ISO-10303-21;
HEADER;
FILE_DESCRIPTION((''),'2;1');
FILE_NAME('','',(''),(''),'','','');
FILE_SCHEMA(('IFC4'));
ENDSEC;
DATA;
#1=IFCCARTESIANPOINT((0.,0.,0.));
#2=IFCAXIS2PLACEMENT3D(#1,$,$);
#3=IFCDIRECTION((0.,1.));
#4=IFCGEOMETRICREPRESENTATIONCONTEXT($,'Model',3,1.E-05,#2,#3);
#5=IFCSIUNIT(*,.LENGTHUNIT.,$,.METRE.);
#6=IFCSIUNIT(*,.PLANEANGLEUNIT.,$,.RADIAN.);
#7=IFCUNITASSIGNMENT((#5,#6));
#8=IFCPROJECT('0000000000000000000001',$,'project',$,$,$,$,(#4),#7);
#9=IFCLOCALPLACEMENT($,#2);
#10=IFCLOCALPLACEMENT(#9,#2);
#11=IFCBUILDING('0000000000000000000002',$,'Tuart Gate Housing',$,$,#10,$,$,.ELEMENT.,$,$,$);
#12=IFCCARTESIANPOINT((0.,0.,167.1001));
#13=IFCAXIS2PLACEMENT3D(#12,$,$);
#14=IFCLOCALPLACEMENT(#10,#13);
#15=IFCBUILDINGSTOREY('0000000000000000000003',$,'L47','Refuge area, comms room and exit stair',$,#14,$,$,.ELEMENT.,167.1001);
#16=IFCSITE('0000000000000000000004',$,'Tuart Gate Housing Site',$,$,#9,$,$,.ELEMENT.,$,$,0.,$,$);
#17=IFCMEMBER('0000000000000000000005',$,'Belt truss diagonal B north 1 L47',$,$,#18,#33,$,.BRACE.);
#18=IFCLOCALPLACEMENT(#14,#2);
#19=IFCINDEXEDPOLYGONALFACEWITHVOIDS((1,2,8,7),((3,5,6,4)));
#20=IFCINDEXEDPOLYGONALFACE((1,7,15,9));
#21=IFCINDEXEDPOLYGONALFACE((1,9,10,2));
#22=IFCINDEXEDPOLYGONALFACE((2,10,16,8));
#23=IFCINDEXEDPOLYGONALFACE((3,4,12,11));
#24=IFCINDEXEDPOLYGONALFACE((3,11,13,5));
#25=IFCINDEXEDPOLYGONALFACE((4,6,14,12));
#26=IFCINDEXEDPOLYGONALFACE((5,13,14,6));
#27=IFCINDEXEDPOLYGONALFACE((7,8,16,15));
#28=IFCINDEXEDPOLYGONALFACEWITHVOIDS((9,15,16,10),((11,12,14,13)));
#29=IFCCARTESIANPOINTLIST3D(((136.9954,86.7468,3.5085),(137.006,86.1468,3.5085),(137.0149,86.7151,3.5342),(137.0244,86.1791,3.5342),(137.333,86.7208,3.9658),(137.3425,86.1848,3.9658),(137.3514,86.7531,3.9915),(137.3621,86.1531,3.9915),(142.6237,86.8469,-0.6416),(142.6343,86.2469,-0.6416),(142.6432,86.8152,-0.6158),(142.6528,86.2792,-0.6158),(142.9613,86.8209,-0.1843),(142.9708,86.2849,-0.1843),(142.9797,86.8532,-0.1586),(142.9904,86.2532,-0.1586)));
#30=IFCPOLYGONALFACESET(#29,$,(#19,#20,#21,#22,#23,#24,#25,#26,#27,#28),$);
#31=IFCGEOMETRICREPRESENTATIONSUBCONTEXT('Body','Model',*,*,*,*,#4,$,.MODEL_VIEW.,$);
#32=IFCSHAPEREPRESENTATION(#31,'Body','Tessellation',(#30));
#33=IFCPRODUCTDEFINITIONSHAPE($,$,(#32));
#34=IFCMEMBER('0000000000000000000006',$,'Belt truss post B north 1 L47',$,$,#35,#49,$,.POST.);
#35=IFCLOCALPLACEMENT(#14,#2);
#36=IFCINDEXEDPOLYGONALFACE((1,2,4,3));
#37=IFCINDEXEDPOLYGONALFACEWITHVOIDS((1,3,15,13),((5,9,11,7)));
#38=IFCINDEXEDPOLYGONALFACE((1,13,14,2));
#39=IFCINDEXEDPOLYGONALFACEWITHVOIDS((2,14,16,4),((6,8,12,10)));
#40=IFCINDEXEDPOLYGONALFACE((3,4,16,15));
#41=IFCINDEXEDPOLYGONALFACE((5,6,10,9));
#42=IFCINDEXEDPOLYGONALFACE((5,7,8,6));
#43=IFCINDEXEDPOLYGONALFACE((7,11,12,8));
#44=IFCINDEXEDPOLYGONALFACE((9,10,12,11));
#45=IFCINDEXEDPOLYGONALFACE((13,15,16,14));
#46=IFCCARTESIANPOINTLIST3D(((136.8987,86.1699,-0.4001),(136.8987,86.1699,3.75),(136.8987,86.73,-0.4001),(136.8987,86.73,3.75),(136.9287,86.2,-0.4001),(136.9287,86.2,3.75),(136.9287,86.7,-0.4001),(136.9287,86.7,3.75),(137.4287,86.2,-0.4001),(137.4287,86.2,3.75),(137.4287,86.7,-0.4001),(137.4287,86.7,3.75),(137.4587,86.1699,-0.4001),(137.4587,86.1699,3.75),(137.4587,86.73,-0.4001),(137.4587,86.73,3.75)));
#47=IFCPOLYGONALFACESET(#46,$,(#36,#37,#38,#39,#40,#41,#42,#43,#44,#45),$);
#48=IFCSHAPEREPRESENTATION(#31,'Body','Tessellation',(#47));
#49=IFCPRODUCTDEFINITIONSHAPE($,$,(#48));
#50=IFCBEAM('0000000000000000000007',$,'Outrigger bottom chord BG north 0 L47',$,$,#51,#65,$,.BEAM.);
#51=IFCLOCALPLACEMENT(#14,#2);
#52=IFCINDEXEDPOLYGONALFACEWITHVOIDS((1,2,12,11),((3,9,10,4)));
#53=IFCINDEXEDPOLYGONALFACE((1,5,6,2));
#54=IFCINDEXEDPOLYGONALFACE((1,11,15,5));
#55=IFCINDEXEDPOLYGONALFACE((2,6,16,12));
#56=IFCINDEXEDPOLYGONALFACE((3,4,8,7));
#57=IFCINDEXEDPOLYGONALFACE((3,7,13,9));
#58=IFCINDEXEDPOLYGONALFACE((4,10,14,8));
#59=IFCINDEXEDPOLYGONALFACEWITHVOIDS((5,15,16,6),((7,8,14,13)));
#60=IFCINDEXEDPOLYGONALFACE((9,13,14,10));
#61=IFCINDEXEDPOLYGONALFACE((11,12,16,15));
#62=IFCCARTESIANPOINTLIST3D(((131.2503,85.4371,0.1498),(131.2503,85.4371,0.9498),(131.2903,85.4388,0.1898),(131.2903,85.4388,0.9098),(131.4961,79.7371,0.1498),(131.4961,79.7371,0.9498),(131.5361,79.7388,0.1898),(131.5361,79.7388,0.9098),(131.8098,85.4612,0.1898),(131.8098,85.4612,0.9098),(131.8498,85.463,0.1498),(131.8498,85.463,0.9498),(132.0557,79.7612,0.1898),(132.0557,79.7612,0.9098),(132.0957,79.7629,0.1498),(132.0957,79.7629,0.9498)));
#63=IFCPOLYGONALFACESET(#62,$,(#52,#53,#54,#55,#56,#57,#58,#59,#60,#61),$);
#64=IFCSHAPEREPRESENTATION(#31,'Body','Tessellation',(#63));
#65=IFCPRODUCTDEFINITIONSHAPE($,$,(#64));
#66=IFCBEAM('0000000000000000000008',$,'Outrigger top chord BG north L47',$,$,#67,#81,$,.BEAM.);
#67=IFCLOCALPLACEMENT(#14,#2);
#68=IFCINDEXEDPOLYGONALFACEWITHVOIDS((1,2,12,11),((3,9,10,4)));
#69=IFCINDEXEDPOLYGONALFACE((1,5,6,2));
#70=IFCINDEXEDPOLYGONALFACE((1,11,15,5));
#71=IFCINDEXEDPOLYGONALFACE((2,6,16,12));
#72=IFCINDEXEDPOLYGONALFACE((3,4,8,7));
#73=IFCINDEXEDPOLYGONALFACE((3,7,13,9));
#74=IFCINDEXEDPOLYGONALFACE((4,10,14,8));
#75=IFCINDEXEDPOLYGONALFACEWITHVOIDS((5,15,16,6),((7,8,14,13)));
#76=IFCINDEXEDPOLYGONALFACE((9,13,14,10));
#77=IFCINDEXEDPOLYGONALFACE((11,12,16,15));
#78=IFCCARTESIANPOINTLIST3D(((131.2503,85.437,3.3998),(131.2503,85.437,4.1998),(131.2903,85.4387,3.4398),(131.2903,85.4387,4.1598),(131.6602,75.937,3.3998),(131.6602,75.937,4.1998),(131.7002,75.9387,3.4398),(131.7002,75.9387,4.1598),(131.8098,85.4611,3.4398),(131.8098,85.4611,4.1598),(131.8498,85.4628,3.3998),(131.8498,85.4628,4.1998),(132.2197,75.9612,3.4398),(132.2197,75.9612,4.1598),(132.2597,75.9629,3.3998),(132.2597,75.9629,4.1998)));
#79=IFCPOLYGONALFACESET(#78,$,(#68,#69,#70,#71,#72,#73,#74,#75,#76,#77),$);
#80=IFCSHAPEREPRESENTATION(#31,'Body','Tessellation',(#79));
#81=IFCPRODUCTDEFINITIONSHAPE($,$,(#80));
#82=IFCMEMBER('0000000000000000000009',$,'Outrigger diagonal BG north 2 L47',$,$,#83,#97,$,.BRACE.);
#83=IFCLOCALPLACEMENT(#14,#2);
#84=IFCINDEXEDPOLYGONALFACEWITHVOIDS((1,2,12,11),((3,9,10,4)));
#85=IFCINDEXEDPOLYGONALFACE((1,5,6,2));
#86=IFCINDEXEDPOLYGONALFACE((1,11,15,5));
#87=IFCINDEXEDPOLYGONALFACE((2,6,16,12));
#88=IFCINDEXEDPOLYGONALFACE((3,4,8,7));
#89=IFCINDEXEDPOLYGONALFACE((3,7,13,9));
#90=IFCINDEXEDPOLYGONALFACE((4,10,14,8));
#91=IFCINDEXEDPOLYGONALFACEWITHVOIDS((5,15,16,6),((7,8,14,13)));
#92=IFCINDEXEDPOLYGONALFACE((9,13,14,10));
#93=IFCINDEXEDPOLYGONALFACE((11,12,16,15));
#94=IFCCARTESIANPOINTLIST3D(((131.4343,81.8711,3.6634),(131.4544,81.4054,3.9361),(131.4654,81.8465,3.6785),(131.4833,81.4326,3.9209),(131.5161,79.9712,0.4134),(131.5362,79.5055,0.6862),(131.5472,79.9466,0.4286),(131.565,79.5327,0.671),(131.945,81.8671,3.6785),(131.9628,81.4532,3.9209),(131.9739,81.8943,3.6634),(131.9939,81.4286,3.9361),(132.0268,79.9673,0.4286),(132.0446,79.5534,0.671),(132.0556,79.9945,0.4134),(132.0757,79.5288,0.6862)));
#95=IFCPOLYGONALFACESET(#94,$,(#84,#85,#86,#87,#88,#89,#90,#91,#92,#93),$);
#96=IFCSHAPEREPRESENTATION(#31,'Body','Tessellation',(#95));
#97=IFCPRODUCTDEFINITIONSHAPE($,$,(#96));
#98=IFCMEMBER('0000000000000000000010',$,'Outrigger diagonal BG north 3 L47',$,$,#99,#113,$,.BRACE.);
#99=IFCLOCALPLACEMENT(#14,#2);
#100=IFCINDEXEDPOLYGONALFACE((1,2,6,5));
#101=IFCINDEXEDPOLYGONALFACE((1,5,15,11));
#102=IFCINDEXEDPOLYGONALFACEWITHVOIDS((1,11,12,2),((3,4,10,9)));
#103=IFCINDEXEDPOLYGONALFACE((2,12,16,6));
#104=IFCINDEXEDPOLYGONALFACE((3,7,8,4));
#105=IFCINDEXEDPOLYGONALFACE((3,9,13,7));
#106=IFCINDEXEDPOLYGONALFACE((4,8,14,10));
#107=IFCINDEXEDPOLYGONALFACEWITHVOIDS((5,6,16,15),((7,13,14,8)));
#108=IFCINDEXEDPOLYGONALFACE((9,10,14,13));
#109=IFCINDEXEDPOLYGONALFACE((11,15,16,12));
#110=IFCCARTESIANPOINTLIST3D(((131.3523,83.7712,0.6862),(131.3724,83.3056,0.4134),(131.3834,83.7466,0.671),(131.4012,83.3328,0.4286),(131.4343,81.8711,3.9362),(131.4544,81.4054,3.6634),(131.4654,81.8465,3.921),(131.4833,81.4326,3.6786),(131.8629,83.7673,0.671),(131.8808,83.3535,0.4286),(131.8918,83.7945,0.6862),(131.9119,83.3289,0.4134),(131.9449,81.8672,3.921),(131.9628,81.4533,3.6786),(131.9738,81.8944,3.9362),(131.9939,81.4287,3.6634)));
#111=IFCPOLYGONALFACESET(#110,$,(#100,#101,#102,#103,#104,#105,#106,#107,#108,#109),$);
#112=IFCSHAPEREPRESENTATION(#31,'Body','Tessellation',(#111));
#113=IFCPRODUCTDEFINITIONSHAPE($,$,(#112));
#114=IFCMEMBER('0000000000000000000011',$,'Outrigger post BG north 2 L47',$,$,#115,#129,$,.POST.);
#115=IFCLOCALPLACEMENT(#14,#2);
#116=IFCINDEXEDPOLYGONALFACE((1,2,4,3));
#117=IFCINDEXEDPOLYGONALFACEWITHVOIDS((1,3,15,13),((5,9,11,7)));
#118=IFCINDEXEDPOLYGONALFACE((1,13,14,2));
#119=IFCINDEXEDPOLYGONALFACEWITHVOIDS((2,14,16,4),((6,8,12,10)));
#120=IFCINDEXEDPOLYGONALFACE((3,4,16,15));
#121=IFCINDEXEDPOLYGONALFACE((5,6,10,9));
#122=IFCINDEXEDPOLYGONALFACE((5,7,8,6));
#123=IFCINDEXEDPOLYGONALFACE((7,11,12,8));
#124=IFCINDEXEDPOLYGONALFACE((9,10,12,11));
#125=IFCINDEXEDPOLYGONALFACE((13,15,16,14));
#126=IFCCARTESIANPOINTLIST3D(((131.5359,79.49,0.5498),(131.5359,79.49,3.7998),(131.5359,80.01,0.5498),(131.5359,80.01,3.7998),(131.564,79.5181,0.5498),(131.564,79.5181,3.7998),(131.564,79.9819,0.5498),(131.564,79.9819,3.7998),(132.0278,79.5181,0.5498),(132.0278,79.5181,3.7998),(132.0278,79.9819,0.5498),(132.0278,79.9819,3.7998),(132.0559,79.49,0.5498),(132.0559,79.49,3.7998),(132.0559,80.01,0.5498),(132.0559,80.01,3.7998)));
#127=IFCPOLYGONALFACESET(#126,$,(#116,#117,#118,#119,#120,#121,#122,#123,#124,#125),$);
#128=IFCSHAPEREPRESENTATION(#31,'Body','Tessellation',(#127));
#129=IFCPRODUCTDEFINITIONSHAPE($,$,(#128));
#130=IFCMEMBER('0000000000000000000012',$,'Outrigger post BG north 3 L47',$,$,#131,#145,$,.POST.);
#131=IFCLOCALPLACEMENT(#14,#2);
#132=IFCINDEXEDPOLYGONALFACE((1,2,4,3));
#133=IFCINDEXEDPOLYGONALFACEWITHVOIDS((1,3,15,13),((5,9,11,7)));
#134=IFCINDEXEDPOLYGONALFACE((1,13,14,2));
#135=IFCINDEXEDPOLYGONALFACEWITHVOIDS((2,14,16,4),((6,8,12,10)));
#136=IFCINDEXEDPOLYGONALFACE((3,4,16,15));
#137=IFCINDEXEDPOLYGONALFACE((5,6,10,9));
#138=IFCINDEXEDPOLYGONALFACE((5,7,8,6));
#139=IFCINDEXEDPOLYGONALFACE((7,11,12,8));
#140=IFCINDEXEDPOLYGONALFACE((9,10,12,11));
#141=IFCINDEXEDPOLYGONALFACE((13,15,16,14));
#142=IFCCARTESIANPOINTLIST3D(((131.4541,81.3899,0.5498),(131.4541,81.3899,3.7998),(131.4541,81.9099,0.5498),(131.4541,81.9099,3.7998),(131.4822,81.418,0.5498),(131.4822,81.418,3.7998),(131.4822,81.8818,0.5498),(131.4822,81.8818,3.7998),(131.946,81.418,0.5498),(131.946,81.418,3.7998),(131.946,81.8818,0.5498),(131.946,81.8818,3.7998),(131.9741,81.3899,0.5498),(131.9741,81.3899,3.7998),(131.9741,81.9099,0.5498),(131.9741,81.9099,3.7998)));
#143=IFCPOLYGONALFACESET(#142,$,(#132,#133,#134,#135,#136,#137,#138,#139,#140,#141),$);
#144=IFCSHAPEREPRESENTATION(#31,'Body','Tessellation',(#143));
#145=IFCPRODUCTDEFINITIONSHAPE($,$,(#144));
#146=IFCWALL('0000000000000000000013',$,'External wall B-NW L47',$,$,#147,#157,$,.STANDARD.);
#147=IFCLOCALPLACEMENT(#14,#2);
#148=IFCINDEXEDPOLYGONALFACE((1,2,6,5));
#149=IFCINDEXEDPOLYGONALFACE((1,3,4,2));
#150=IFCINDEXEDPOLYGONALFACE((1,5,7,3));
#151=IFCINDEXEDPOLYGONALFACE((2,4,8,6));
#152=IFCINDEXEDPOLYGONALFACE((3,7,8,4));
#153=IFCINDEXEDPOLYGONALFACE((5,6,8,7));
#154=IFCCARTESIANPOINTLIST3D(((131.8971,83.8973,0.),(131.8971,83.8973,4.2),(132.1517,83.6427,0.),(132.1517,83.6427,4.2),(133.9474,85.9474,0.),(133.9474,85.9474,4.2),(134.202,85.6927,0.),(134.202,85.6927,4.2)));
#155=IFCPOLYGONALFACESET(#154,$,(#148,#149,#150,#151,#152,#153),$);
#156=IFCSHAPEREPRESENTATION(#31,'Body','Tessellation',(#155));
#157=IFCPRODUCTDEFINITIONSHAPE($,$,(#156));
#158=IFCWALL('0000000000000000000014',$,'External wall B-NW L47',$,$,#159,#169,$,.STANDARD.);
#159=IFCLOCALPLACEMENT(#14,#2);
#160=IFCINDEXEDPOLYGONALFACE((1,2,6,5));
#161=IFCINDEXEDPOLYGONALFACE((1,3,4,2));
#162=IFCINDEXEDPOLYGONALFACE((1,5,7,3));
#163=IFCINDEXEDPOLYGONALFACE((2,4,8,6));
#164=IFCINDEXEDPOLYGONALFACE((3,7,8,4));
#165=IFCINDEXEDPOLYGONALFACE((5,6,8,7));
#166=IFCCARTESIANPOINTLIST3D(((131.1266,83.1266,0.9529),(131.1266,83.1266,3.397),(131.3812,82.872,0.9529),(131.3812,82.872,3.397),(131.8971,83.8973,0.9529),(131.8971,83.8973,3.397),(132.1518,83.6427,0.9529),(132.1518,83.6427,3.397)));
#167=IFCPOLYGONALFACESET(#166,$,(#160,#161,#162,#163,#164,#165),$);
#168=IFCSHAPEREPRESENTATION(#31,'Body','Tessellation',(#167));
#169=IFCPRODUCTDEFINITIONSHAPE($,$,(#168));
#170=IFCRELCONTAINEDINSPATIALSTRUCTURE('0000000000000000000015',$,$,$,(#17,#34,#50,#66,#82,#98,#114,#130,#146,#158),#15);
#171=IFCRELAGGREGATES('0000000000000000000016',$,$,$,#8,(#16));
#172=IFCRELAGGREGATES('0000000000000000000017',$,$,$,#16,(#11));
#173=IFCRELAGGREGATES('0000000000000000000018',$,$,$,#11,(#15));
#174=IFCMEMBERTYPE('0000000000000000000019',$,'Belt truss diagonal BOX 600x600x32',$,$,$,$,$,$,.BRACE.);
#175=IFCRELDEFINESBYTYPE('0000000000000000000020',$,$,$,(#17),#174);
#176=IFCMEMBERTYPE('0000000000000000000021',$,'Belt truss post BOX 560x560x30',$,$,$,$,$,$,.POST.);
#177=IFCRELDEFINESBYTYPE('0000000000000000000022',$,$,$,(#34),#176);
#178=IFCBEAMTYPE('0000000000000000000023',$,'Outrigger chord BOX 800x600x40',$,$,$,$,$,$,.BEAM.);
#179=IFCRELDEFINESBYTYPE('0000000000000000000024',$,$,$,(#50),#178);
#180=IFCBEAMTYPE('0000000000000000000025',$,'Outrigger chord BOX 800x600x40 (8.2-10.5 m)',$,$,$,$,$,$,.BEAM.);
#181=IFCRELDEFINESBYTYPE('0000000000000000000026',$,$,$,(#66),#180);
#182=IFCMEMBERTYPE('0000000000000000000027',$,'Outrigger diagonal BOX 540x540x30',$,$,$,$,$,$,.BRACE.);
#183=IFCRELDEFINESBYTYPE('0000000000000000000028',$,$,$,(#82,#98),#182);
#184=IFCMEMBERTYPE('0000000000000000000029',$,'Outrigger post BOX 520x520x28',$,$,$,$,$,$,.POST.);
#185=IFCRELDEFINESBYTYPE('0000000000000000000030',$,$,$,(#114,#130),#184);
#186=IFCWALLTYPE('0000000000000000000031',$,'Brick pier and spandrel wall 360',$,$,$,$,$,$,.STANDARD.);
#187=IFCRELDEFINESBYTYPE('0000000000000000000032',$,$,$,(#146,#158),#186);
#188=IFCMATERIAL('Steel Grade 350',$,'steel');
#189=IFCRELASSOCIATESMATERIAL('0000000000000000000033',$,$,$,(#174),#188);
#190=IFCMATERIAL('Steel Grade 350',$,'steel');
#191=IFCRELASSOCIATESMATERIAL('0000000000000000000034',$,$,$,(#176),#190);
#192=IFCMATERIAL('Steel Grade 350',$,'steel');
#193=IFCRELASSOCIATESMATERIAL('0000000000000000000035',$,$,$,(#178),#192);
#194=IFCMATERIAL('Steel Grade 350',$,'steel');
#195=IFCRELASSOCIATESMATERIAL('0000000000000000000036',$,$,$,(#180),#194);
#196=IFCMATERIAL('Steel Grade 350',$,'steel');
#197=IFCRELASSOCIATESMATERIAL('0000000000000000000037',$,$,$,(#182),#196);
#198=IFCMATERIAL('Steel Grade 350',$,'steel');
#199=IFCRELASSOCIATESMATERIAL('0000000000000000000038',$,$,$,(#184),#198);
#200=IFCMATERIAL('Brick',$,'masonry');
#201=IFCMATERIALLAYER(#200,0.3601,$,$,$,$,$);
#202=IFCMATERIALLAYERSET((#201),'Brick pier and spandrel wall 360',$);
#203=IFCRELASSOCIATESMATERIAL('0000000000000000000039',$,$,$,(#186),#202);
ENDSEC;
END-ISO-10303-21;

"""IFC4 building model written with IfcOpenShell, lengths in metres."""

from ifc_helpers import new_model, si_unit, direction, frame, frame_2d, origin, origin_2d, place, context, subcontext, project, spatial, rectangle, hollow_rectangle, extrude, material, layer, layer_set, material_profile, profile_set, type_object, element, save


model = new_model("IFC4")

# Units and contexts
model_context = context("Model", 3, precision=1e-05, world=origin(), true_north=direction((0.0, 1.0)))
body_context = subcontext(model_context, "Body", "Model", "MODEL_VIEW")
ifc_project = project(units=[si_unit("LENGTHUNIT", "METRE"), si_unit("PLANEANGLEUNIT", "RADIAN")], contexts=[model_context])

# Site, building, storey
site_placement = place(None, origin())
site = spatial("IfcSite", under=ifc_project, at=site_placement, Name="Tuart Gate Housing Site", CompositionType="ELEMENT", RefElevation=0.0)
building_placement = place(site_placement, origin())
building = spatial("IfcBuilding", under=site, at=building_placement, Name="Tuart Gate Housing", CompositionType="ELEMENT")
storey_placement = place(building_placement, frame((0.0, 0.0, 167.1001)))
storey = spatial("IfcBuildingStorey", under=building, at=storey_placement, Name="L47", Description="Refuge area, comms room and exit stair", CompositionType="ELEMENT", Elevation=167.1001)

# Members
ifc_material_1 = material(Name="Steel Grade 350", Category="steel")
ifc_material_profile_1 = material_profile(ifc_material_1, hollow_rectangle(XDim=0.6001, YDim=0.6001, WallThickness=0.032, at=origin_2d()), Name="BOX 600x600x32")
ifc_profile_set_1 = profile_set([ifc_material_profile_1], Name="Steel Grade 350")
member_type_1 = type_object("IfcMemberType", Name="Belt truss diagonal BOX 600x600x32", PredefinedType="BRACE", material=ifc_profile_set_1)
member_1_placement = place(storey_placement, frame((137.1787, 86.45, 3.75), z_axis=(0.804776, 0.014312, -0.593406), x_axis=(-0.017782, 0.999842, 0.0)))
element("IfcMember", 1, at=member_1_placement, inside=storey, type_object=member_type_1, Name="Belt truss diagonal B north 1 L47", PredefinedType="BRACE", context=body_context, shape_type="SweptSolid", body=[
    extrude(hollow_rectangle(XDim=0.6001, YDim=0.6001, WallThickness=0.032, at=origin_2d()), origin(), (0.0, 0.0, 1.0), 6.9937),
])
ifc_material_2 = material(Name="Steel Grade 350", Category="steel")
ifc_material_profile_2 = material_profile(ifc_material_2, hollow_rectangle(XDim=0.5601, YDim=0.5601, WallThickness=0.03, at=origin_2d()), Name="BOX 560x560x30")
ifc_profile_set_2 = profile_set([ifc_material_profile_2], Name="Steel Grade 350")
member_type_2 = type_object("IfcMemberType", Name="Belt truss post BOX 560x560x30", PredefinedType="POST", material=ifc_profile_set_2)
member_2_placement = place(storey_placement, frame((137.1787, 86.45, -0.4001), z_axis=(0.0, 0.0, 1.0), x_axis=(1.0, 0.0, 0.0)))
element("IfcMember", 2, at=member_2_placement, inside=storey, type_object=member_type_2, Name="Belt truss post B north 1 L47", PredefinedType="POST", context=body_context, shape_type="SweptSolid", body=[
    extrude(hollow_rectangle(XDim=0.5601, YDim=0.5601, WallThickness=0.03, at=origin_2d()), origin(), (0.0, 0.0, 1.0), 4.1501),
])

# Beams
ifc_material_3 = material(Name="Steel Grade 350", Category="steel")
ifc_material_profile_3 = material_profile(ifc_material_3, hollow_rectangle(XDim=0.6001, YDim=0.8, WallThickness=0.04, at=origin_2d()), Name="BOX 800x600x40")
ifc_profile_set_3 = profile_set([ifc_material_profile_3], Name="Steel Grade 350")
beam_type_1 = type_object("IfcBeamType", Name="Outrigger chord BOX 800x600x40", PredefinedType="BEAM", material=ifc_profile_set_3)
beam_1_placement = place(storey_placement, frame((131.7959, 79.75, 0.5498), z_axis=(-0.043092, 0.999071, 0.0), x_axis=(-0.999071, -0.043092, 0.0)))
element("IfcBeam", 3, at=beam_1_placement, inside=storey, type_object=beam_type_1, Name="Outrigger bottom chord BG north 0 L47", PredefinedType="BEAM", context=body_context, shape_type="SweptSolid", body=[
    extrude(hollow_rectangle(XDim=0.6001, YDim=0.8, WallThickness=0.04, at=origin_2d()), origin(), (0.0, 0.0, 1.0), 5.7053),
])
ifc_material_4 = material(Name="Steel Grade 350", Category="steel")
ifc_material_profile_4 = material_profile(ifc_material_4, hollow_rectangle(XDim=0.6001, YDim=0.8, WallThickness=0.04, at=origin_2d()), Name="BOX 800x600x40")
ifc_profile_set_4 = profile_set([ifc_material_profile_4], Name="Steel Grade 350")
beam_type_2 = type_object("IfcBeamType", Name="Outrigger chord BOX 800x600x40 (8.2-10.5 m)", PredefinedType="BEAM", material=ifc_profile_set_4)
beam_2_placement = place(storey_placement, frame((131.96, 75.95, 3.7998), z_axis=(-0.043109, 0.99907, 0.0), x_axis=(-0.99907, -0.043109, 0.0)))
element("IfcBeam", 4, at=beam_2_placement, inside=storey, type_object=beam_type_2, Name="Outrigger top chord BG north L47", PredefinedType="BEAM", context=body_context, shape_type="SweptSolid", body=[
    extrude(hollow_rectangle(XDim=0.6001, YDim=0.8, WallThickness=0.04, at=origin_2d()), origin(), (0.0, 0.0, 1.0), 9.5088),
])

# Members
ifc_material_5 = material(Name="Steel Grade 350", Category="steel")
ifc_material_profile_5 = material_profile(ifc_material_5, hollow_rectangle(XDim=0.54, YDim=0.54, WallThickness=0.03, at=origin_2d()), Name="BOX 540x540x30")
ifc_profile_set_5 = profile_set([ifc_material_profile_5], Name="Steel Grade 350")
member_type_3 = type_object("IfcMemberType", Name="Outrigger diagonal BOX 540x540x30", PredefinedType="BRACE", material=ifc_profile_set_5)
member_3_placement = place(storey_placement, frame((131.7959, 79.75, 0.5498), z_axis=(-0.02172, 0.504558, 0.863104), x_axis=(-0.999075, -0.043008, 0.0)))
element("IfcMember", 5, at=member_3_placement, inside=storey, type_object=member_type_3, Name="Outrigger diagonal BG north 2 L47", PredefinedType="BRACE", context=body_context, shape_type="SweptSolid", body=[
    extrude(hollow_rectangle(XDim=0.54, YDim=0.54, WallThickness=0.03, at=origin_2d()), origin(), (0.0, 0.0, 1.0), 3.7654),
])
member_4_placement = place(storey_placement, frame((131.7141, 81.6499, 3.7998), z_axis=(-0.021784, 0.504606, -0.863075), x_axis=(-0.999069, -0.043131, 0.0)))
element("IfcMember", 6, at=member_4_placement, inside=storey, type_object=member_type_3, Name="Outrigger diagonal BG north 3 L47", PredefinedType="BRACE", context=body_context, shape_type="SweptSolid", body=[
    extrude(hollow_rectangle(XDim=0.54, YDim=0.54, WallThickness=0.03, at=origin_2d()), origin(), (0.0, 0.0, 1.0), 3.7656),
])
ifc_material_6 = material(Name="Steel Grade 350", Category="steel")
ifc_material_profile_6 = material_profile(ifc_material_6, hollow_rectangle(XDim=0.52, YDim=0.52, WallThickness=0.0281, at=origin_2d()), Name="BOX 520x520x28")
ifc_profile_set_6 = profile_set([ifc_material_profile_6], Name="Steel Grade 350")
member_type_4 = type_object("IfcMemberType", Name="Outrigger post BOX 520x520x28", PredefinedType="POST", material=ifc_profile_set_6)
for number, where, z_axis, x_axis, name in (
    (7, (131.7959, 79.75, 0.5498), (0.0, 0.0, 1.0), (1.0, 0.0, 0.0), "Outrigger post BG north 2 L47"),
    (8, (131.7141, 81.6499, 0.5498), (0.0, 0.0, 1.0), (1.0, 0.0, 0.0), "Outrigger post BG north 3 L47"),
):
    element("IfcMember", number, at=place(storey_placement, frame(where, z_axis=z_axis, x_axis=x_axis)), inside=storey, type_object=member_type_4, Name=name, PredefinedType="POST", context=body_context, shape_type="SweptSolid", body=[
        extrude(hollow_rectangle(XDim=0.52, YDim=0.52, WallThickness=0.0281, at=origin_2d()), origin(), (0.0, 0.0, 1.0), 3.25),
    ])

# Walls
ifc_material_7 = material(Name="Brick", Category="masonry")
ifc_layer_1 = layer(ifc_material_7, 0.3601)
ifc_layer_set_1 = layer_set([ifc_layer_1], Name="Brick pier and spandrel wall 360")
wall_type_1 = type_object("IfcWallType", Name="Brick pier and spandrel wall 360", PredefinedType="STANDARD", material=ifc_layer_set_1)
wall_1_placement = place(storey_placement, frame((134.0747, 85.8201, 0.0), z_axis=(0.0, 0.0, 1.0), x_axis=(-0.707149, -0.707065, 0.0)))
element("IfcWall", 9, at=wall_1_placement, inside=storey, type_object=wall_type_1, Name="External wall B-NW L47", PredefinedType="STANDARD", context=body_context, shape_type="SweptSolid", body=[
    extrude(rectangle(XDim=2.8994, YDim=0.3601, at=frame_2d((1.4497, 0.0))), origin(), (0.0, 0.0, 1.0), 4.2),
])
wall_2_placement = place(storey_placement, frame((132.0244, 83.77, 0.9529), z_axis=(0.0, 0.0, 1.0), x_axis=(-0.706995, -0.707219, 0.0)))
element("IfcWall", 10, at=wall_2_placement, inside=storey, type_object=wall_type_1, Name="External wall B-NW L47", PredefinedType="STANDARD", context=body_context, shape_type="SweptSolid", body=[
    extrude(rectangle(XDim=1.0898, YDim=0.3601, at=frame_2d((0.5449, 0.0))), origin(), (0.0, 0.0, 1.0), 2.4441),
])

save(model, "model.ifc")
